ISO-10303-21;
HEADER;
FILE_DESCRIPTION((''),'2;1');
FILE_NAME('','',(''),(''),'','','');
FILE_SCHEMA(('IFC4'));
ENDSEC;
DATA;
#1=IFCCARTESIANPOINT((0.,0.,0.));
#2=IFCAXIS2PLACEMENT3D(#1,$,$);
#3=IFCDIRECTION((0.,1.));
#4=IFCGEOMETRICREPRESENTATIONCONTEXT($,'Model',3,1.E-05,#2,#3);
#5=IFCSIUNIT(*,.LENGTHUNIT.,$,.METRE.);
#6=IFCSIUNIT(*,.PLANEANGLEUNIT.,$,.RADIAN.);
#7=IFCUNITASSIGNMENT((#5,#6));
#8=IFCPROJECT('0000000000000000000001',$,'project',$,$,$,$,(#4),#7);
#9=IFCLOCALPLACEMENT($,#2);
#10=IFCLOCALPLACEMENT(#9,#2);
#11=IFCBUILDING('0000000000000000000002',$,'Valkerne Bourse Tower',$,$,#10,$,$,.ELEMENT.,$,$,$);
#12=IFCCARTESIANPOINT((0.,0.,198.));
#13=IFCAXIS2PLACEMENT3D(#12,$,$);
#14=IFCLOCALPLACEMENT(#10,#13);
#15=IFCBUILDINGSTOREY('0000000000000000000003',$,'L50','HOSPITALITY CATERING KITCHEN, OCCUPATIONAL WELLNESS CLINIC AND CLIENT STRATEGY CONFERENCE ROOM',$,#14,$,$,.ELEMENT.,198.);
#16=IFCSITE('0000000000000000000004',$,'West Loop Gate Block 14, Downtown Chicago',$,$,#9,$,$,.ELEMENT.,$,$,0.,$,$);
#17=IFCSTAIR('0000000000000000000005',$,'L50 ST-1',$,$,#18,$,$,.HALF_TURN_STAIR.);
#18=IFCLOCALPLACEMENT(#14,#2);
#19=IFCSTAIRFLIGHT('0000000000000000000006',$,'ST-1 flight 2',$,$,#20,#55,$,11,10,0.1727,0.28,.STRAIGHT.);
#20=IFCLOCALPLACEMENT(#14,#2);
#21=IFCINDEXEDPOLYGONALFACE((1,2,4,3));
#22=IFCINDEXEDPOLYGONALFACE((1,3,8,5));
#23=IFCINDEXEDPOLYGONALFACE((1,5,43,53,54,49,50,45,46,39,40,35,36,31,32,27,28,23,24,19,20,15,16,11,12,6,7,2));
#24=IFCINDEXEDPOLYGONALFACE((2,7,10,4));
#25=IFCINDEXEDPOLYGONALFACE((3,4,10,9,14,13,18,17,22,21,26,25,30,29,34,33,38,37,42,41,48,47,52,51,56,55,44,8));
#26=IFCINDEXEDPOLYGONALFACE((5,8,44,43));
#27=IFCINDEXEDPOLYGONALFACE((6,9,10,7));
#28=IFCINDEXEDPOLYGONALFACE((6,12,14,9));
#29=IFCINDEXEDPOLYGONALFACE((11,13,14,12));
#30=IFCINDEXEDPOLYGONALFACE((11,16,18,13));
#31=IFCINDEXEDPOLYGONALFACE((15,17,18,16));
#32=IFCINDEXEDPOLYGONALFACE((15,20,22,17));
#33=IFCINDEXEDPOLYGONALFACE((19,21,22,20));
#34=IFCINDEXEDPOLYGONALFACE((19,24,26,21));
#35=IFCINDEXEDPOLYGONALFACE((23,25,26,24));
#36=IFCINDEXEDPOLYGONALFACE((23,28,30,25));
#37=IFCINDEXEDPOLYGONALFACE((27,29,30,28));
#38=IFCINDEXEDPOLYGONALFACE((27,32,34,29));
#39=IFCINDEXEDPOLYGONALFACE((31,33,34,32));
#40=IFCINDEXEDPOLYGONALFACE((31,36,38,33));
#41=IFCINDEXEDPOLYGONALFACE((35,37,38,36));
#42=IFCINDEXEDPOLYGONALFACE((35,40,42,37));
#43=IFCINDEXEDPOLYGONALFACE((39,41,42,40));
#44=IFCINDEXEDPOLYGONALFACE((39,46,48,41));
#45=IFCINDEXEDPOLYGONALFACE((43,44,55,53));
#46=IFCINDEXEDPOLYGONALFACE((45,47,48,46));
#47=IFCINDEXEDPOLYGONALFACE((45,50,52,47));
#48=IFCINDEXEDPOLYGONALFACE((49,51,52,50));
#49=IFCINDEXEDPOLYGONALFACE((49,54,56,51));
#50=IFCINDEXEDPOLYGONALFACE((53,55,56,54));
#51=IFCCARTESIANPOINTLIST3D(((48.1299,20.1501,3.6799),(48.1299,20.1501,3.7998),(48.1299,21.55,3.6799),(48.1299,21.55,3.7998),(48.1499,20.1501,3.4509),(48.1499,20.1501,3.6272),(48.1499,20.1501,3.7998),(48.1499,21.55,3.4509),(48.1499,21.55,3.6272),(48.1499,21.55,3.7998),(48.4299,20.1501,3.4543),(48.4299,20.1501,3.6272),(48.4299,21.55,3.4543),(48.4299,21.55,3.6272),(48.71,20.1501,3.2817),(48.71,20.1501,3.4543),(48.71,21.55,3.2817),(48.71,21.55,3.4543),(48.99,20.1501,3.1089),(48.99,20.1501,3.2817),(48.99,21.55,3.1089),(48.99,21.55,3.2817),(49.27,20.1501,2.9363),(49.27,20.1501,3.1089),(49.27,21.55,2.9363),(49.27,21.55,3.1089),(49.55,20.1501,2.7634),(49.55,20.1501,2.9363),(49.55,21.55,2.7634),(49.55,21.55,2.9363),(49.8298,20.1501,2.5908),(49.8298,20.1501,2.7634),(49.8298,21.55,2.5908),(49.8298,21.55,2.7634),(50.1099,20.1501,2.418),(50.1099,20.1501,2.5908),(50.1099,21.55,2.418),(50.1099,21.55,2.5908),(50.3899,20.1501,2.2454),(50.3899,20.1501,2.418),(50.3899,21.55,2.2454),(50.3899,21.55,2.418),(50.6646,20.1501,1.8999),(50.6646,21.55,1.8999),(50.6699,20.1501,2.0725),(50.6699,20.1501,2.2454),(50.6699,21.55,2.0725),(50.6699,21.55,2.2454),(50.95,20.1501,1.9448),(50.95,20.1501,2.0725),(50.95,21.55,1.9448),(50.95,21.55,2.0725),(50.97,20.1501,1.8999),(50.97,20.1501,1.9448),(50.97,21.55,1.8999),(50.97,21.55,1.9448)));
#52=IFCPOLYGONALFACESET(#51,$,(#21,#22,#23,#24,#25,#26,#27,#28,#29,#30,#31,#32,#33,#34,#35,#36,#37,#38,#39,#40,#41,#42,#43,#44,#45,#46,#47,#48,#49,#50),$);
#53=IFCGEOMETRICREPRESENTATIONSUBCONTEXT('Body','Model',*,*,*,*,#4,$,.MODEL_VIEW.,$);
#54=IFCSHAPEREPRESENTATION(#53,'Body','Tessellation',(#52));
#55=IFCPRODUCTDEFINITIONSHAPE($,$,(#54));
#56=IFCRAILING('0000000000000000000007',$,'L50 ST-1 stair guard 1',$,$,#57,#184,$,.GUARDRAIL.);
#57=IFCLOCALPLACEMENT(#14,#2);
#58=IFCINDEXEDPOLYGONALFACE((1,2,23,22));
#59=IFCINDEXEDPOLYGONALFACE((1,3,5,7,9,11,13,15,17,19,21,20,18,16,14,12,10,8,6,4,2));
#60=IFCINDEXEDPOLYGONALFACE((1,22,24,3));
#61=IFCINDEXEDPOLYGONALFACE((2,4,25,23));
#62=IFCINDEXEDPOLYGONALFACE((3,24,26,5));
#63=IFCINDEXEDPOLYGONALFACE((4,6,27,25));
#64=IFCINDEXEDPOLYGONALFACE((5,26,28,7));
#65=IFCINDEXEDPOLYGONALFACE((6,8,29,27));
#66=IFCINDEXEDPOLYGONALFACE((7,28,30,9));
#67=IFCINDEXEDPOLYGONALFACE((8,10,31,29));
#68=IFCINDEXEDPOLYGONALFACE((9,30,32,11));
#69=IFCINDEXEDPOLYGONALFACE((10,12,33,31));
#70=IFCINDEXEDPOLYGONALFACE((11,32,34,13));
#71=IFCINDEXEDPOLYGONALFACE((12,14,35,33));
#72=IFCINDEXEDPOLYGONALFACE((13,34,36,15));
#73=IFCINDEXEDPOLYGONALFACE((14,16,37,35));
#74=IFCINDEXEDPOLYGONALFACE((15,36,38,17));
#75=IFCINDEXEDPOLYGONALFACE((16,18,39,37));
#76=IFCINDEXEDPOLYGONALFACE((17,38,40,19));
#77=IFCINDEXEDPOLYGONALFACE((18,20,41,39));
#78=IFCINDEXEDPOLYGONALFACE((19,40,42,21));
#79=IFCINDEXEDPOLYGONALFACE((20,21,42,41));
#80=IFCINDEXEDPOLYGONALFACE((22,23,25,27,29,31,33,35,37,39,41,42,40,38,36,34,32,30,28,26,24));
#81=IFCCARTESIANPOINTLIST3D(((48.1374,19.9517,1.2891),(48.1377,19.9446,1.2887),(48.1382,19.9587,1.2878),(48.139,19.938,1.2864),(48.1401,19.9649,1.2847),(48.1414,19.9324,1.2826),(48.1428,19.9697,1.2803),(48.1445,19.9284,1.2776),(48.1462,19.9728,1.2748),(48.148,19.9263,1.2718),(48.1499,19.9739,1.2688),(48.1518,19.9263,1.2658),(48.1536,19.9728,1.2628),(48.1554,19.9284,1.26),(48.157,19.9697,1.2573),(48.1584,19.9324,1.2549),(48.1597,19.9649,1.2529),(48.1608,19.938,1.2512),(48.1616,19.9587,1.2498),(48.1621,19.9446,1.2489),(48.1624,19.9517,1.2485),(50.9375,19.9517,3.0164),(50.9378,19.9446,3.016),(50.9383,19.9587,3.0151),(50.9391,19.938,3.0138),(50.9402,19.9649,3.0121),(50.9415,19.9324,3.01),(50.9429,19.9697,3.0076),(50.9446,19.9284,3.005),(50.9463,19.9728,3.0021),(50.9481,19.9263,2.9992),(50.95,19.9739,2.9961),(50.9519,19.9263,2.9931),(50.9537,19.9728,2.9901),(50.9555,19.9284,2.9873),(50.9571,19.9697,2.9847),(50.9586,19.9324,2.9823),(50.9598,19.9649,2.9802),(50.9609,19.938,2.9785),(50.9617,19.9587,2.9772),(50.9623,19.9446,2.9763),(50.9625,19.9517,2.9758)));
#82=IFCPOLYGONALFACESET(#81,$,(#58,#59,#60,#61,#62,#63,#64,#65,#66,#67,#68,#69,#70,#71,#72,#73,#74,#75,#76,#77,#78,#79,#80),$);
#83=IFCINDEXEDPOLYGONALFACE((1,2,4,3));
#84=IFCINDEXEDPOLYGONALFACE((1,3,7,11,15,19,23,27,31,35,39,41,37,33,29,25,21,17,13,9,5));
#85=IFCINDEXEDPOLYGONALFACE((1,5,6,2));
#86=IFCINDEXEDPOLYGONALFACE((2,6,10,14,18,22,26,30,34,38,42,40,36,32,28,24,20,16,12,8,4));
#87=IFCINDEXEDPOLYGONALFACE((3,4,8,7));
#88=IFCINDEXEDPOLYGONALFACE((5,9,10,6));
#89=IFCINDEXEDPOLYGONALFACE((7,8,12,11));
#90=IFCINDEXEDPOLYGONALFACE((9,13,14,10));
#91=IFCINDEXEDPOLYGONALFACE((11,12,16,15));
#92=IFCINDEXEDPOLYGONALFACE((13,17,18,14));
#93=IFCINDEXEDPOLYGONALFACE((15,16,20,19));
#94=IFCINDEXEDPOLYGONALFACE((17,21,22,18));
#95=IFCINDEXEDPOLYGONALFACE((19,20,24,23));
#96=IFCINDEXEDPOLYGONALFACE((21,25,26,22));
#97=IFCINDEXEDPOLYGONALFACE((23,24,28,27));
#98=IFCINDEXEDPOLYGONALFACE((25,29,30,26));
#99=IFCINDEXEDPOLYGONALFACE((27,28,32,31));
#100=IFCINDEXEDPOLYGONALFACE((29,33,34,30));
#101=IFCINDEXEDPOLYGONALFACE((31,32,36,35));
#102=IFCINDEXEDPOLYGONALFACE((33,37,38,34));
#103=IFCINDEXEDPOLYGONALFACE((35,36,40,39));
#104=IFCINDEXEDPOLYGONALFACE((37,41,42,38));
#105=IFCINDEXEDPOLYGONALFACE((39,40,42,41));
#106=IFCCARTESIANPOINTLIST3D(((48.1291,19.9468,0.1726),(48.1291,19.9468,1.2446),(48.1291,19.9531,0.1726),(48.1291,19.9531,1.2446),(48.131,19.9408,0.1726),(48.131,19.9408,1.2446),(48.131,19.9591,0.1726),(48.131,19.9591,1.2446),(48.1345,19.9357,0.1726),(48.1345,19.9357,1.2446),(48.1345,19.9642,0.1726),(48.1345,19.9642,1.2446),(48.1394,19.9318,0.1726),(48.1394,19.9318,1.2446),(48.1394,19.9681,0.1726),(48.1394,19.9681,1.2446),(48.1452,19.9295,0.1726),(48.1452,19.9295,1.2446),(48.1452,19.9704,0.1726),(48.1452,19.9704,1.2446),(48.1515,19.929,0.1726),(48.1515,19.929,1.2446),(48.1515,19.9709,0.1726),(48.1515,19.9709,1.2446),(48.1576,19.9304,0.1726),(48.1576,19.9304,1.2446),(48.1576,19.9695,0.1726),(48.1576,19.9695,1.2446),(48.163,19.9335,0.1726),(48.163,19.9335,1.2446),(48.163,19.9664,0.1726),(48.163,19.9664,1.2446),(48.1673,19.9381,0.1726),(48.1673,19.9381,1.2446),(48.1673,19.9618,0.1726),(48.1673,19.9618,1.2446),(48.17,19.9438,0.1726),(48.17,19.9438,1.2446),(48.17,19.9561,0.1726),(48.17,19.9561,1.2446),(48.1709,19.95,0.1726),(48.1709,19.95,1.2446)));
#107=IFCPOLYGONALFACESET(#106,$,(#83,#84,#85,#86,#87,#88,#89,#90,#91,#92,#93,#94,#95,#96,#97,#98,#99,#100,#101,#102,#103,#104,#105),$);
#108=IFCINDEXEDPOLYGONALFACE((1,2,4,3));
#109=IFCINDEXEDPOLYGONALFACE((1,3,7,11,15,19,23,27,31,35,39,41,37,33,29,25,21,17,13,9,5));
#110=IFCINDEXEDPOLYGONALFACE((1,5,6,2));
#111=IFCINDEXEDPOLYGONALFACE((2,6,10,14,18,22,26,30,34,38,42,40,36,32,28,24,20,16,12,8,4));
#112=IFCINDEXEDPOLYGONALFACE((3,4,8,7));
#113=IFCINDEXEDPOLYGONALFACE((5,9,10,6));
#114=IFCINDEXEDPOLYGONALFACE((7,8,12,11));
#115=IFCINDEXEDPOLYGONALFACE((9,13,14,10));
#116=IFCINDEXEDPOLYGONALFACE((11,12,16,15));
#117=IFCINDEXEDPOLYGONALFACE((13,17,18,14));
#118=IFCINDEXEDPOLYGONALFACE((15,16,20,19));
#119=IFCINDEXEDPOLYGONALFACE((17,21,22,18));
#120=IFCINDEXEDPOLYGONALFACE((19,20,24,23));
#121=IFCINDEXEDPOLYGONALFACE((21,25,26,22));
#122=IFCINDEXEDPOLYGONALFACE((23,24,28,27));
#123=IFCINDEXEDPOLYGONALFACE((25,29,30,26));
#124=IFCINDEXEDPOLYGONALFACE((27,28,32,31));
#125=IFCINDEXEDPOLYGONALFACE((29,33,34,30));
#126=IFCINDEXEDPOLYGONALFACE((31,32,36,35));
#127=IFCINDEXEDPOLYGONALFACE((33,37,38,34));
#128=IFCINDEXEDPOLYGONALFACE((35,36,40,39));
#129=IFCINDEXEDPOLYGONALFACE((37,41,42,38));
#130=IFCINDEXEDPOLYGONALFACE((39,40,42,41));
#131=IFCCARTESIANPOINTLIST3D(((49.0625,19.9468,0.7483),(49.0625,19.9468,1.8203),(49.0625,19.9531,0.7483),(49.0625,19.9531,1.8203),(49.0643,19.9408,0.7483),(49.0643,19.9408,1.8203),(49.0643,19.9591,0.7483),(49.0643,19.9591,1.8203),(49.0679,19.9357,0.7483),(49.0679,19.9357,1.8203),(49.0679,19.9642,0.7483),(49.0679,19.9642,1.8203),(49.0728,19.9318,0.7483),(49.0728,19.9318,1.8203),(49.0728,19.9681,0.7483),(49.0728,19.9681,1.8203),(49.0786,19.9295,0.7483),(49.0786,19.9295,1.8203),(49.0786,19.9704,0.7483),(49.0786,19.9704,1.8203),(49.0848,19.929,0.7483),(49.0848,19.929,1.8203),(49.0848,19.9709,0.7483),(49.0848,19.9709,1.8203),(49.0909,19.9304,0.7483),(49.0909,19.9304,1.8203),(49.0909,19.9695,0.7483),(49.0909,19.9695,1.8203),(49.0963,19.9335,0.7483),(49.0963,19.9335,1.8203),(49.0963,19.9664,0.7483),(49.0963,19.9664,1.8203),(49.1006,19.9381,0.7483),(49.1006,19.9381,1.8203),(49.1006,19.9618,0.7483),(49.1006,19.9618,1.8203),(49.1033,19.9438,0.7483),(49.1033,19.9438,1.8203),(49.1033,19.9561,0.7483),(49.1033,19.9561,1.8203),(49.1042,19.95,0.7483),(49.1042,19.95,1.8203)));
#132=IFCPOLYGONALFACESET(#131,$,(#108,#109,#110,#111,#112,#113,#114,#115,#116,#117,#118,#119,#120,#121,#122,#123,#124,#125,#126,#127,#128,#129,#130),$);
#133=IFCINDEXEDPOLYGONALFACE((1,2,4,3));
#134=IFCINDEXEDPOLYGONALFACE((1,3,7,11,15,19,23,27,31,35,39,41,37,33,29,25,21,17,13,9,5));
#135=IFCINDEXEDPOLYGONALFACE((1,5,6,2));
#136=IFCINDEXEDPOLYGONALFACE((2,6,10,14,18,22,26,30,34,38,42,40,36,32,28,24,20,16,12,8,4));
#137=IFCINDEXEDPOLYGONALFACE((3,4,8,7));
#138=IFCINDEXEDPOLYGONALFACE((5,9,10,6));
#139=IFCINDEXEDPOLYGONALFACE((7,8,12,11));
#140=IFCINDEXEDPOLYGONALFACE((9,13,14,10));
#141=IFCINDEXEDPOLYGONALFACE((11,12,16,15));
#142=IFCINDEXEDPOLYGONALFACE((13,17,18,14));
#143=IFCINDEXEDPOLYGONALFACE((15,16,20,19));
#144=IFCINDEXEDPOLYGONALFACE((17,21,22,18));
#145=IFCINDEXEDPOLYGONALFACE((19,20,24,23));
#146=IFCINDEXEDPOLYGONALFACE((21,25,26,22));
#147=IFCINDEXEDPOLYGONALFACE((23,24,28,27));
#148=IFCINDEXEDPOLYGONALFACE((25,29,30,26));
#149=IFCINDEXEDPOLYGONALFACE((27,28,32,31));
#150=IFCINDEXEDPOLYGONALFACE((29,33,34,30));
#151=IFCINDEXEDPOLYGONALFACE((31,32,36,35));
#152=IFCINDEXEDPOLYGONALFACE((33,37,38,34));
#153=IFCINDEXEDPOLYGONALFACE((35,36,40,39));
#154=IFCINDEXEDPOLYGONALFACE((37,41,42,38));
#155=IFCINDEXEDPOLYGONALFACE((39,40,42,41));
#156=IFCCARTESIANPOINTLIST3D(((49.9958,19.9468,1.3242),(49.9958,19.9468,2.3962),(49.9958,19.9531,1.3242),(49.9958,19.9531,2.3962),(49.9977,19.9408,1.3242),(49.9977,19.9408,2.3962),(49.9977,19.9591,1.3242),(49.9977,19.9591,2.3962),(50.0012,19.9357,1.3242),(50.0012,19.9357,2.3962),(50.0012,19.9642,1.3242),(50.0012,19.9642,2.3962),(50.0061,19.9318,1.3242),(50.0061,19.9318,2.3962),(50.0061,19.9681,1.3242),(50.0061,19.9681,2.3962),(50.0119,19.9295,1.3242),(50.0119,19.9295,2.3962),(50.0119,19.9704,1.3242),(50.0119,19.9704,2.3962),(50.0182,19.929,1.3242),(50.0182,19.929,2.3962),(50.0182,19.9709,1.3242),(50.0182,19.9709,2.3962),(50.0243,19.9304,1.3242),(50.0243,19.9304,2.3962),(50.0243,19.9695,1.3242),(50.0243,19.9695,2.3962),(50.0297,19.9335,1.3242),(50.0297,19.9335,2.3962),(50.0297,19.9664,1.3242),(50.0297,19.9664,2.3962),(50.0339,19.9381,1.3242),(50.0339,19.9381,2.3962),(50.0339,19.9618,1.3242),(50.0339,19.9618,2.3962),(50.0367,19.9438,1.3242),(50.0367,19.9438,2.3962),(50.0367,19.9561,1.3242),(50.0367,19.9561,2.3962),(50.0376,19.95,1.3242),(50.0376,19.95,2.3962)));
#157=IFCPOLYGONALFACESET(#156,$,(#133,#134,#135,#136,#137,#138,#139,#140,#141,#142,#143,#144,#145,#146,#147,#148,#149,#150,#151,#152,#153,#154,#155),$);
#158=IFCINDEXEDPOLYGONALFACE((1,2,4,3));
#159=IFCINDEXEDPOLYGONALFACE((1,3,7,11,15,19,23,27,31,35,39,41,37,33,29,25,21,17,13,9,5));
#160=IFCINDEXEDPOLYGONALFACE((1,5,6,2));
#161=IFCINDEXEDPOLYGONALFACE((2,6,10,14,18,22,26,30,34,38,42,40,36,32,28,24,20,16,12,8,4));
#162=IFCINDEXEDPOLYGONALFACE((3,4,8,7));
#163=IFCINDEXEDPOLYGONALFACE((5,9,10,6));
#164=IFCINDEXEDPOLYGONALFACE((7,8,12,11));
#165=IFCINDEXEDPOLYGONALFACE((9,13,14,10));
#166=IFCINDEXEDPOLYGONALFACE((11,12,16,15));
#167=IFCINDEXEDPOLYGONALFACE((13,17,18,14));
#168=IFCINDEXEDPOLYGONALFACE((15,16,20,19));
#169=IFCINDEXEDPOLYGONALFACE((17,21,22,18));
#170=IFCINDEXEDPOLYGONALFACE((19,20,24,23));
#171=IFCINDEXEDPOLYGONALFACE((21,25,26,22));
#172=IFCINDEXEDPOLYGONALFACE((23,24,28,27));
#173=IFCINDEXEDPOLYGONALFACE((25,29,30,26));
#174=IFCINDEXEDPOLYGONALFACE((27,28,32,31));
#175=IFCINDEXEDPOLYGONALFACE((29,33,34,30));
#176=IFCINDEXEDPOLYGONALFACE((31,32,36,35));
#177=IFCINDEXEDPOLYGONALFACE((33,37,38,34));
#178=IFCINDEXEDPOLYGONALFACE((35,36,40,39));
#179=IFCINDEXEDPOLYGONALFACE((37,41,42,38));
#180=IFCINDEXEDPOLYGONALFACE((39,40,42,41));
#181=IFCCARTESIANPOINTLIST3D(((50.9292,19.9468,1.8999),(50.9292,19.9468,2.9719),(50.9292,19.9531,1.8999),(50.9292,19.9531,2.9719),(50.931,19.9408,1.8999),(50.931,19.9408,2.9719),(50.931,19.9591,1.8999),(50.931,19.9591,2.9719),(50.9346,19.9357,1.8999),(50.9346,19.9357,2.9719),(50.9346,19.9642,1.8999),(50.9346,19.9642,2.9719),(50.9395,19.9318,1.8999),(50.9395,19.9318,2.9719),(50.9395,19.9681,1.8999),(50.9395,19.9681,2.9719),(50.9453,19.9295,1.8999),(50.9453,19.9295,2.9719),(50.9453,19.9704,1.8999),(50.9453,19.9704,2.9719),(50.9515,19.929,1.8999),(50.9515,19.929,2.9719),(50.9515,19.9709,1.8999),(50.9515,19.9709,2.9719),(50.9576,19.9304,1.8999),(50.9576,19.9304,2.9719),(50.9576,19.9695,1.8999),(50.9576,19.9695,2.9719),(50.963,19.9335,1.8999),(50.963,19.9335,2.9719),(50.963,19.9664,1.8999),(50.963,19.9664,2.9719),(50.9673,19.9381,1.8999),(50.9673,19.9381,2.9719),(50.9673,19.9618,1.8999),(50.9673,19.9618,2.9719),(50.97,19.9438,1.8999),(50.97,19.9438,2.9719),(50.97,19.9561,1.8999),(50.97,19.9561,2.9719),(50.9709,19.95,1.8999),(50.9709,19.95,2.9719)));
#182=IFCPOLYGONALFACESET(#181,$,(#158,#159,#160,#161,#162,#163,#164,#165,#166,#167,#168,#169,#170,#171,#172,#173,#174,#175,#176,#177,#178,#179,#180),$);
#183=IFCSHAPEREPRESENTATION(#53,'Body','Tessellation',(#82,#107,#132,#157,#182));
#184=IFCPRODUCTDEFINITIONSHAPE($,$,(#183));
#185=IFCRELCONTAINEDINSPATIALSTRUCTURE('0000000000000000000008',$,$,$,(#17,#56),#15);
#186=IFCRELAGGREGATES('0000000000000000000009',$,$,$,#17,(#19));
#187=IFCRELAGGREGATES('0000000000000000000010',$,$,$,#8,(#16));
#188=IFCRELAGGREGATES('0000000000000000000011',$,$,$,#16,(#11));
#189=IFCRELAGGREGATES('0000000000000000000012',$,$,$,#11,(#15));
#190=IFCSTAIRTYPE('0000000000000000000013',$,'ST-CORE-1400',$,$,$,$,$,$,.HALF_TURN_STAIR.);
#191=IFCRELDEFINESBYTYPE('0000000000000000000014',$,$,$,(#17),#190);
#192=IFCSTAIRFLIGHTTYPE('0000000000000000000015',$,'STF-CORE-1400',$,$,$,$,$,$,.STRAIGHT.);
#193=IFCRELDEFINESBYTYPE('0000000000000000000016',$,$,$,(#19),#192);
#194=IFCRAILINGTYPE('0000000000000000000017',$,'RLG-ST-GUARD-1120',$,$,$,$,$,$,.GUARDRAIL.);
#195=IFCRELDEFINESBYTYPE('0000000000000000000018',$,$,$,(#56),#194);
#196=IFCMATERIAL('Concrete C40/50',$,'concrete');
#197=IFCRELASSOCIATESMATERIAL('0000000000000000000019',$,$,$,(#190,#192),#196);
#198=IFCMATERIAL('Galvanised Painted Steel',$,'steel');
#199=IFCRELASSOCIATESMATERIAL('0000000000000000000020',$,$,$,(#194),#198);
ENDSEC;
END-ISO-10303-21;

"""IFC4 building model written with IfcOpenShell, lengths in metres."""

from ifc_helpers import new_model, si_unit, direction, frame, origin, origin_2d, place, context, subcontext, project, spatial, polyline, circle, outline, extrude, material, type_object, element, aggregate, save


model = new_model("IFC4")

# Units and contexts
model_context = context("Model", 3, precision=1e-05, world=origin(), true_north=direction((0.0, 1.0)))
body_context = subcontext(model_context, "Body", "Model", "MODEL_VIEW")
ifc_project = project(units=[si_unit("LENGTHUNIT", "METRE"), si_unit("PLANEANGLEUNIT", "RADIAN")], contexts=[model_context])

# Site, building, storey
site_placement = place(None, origin())
site = spatial("IfcSite", under=ifc_project, at=site_placement, Name="West Loop Gate Block 14, Downtown Chicago", CompositionType="ELEMENT", RefElevation=0.0)
building_placement = place(site_placement, origin())
building = spatial("IfcBuilding", under=site, at=building_placement, Name="Valkerne Bourse Tower", CompositionType="ELEMENT")
storey_placement = place(building_placement, frame((0.0, 0.0, 198.0)))
storey = spatial("IfcBuildingStorey", under=building, at=storey_placement, Name="L50", Description="HOSPITALITY CATERING KITCHEN, OCCUPATIONAL WELLNESS CLINIC AND CLIENT STRATEGY CONFERENCE ROOM", CompositionType="ELEMENT", Elevation=198.0)

# Shared definitions
ifc_material_1 = material(Name="Galvanised Painted Steel", Category="steel")

# Shared definitions
ifc_material_2 = material(Name="Concrete C40/50", Category="concrete")

# Stair, stair flight
stair_type = type_object("IfcStairType", Name="ST-CORE-1400", PredefinedType="HALF_TURN_STAIR", material=ifc_material_2)
stair_placement = place(storey_placement, origin())
stair = element("IfcStair", 1, at=stair_placement, inside=storey, type_object=stair_type, Name="L50 ST-1", PredefinedType="HALF_TURN_STAIR")
stair_flight_type = type_object("IfcStairFlightType", Name="STF-CORE-1400", PredefinedType="STRAIGHT", material=ifc_material_2)
stair_flight_1_placement = place(storey_placement, frame((50.95, 20.8501, 1.8999), z_axis=(0.0, 0.0, 1.0), x_axis=(-1.0, 0.0, 0.0)))
stair_flight_1 = element("IfcStairFlight", 2, at=stair_flight_1_placement, type_object=stair_flight_type, Name="ST-1 flight 2", NumberOfRisers=11, NumberOfTreads=10, PredefinedType="STRAIGHT", RiserHeight=0.1727, TreadLength=0.28, context=body_context, shape_type="SweptSolid", body=[
    extrude(outline(polyline([(-0.02, 0.0), (-0.02, 0.0449), (0.0, 0.0449), (0.0, 0.1726), (0.28, 0.1726), (0.28, 0.3455), (0.5601, 0.3455), (0.5601, 0.5181), (0.8401, 0.5181), (0.8401, 0.6909), (1.1201, 0.6909), (1.1201, 0.8635), (1.3999, 0.8635), (1.3999, 1.0364), (1.6799, 1.0364), (1.6799, 1.209), (1.96, 1.209), (1.96, 1.3818), (2.24, 1.3818), (2.24, 1.5544), (2.52, 1.5544), (2.52, 1.7273), (2.8, 1.7273), (2.8, 1.8999), (2.8201, 1.8999), (2.8201, 1.78), (2.8, 1.551), (0.2854, 0.0), (-0.02, 0.0)])), frame((0.0, 0.7, 0.0), z_axis=(0.0, -1.0, 0.0), x_axis=(1.0, 0.0, 0.0)), (0.0, 0.0, 1.0), 1.3999),
])
aggregate(stair, [stair_flight_1])

# Railing
railing_type_1 = type_object("IfcRailingType", Name="RLG-ST-GUARD-1120", PredefinedType="GUARDRAIL", material=ifc_material_1)
railing_1_placement = place(storey_placement, frame((48.1499, 19.95, 0.1726)))
element("IfcRailing", 3, at=railing_1_placement, inside=storey, type_object=railing_type_1, Name="L50 ST-1 stair guard 1", PredefinedType="GUARDRAIL", context=body_context, shape_type="SweptSolid", body=[
    extrude(circle(Radius=0.0239, at=origin_2d()), frame((0.0, 0.0, 1.0962), z_axis=(0.85109, 0.0, 0.52502), x_axis=(0.0, 1.0, 0.0)), (0.0, 0.0, 1.0), 3.29),
    extrude(circle(Radius=0.021, at=origin_2d()), origin(), (0.0, 0.0, 1.0), 1.072),
    extrude(circle(Radius=0.021, at=origin_2d()), frame((0.9333, 0.0, 0.5757)), (0.0, 0.0, 1.0), 1.072),
    extrude(circle(Radius=0.021, at=origin_2d()), frame((1.8667, 0.0, 1.1516)), (0.0, 0.0, 1.0), 1.072),
    extrude(circle(Radius=0.021, at=origin_2d()), frame((2.8, 0.0, 1.7273)), (0.0, 0.0, 1.0), 1.072),
])

save(model, "model.ifc")
